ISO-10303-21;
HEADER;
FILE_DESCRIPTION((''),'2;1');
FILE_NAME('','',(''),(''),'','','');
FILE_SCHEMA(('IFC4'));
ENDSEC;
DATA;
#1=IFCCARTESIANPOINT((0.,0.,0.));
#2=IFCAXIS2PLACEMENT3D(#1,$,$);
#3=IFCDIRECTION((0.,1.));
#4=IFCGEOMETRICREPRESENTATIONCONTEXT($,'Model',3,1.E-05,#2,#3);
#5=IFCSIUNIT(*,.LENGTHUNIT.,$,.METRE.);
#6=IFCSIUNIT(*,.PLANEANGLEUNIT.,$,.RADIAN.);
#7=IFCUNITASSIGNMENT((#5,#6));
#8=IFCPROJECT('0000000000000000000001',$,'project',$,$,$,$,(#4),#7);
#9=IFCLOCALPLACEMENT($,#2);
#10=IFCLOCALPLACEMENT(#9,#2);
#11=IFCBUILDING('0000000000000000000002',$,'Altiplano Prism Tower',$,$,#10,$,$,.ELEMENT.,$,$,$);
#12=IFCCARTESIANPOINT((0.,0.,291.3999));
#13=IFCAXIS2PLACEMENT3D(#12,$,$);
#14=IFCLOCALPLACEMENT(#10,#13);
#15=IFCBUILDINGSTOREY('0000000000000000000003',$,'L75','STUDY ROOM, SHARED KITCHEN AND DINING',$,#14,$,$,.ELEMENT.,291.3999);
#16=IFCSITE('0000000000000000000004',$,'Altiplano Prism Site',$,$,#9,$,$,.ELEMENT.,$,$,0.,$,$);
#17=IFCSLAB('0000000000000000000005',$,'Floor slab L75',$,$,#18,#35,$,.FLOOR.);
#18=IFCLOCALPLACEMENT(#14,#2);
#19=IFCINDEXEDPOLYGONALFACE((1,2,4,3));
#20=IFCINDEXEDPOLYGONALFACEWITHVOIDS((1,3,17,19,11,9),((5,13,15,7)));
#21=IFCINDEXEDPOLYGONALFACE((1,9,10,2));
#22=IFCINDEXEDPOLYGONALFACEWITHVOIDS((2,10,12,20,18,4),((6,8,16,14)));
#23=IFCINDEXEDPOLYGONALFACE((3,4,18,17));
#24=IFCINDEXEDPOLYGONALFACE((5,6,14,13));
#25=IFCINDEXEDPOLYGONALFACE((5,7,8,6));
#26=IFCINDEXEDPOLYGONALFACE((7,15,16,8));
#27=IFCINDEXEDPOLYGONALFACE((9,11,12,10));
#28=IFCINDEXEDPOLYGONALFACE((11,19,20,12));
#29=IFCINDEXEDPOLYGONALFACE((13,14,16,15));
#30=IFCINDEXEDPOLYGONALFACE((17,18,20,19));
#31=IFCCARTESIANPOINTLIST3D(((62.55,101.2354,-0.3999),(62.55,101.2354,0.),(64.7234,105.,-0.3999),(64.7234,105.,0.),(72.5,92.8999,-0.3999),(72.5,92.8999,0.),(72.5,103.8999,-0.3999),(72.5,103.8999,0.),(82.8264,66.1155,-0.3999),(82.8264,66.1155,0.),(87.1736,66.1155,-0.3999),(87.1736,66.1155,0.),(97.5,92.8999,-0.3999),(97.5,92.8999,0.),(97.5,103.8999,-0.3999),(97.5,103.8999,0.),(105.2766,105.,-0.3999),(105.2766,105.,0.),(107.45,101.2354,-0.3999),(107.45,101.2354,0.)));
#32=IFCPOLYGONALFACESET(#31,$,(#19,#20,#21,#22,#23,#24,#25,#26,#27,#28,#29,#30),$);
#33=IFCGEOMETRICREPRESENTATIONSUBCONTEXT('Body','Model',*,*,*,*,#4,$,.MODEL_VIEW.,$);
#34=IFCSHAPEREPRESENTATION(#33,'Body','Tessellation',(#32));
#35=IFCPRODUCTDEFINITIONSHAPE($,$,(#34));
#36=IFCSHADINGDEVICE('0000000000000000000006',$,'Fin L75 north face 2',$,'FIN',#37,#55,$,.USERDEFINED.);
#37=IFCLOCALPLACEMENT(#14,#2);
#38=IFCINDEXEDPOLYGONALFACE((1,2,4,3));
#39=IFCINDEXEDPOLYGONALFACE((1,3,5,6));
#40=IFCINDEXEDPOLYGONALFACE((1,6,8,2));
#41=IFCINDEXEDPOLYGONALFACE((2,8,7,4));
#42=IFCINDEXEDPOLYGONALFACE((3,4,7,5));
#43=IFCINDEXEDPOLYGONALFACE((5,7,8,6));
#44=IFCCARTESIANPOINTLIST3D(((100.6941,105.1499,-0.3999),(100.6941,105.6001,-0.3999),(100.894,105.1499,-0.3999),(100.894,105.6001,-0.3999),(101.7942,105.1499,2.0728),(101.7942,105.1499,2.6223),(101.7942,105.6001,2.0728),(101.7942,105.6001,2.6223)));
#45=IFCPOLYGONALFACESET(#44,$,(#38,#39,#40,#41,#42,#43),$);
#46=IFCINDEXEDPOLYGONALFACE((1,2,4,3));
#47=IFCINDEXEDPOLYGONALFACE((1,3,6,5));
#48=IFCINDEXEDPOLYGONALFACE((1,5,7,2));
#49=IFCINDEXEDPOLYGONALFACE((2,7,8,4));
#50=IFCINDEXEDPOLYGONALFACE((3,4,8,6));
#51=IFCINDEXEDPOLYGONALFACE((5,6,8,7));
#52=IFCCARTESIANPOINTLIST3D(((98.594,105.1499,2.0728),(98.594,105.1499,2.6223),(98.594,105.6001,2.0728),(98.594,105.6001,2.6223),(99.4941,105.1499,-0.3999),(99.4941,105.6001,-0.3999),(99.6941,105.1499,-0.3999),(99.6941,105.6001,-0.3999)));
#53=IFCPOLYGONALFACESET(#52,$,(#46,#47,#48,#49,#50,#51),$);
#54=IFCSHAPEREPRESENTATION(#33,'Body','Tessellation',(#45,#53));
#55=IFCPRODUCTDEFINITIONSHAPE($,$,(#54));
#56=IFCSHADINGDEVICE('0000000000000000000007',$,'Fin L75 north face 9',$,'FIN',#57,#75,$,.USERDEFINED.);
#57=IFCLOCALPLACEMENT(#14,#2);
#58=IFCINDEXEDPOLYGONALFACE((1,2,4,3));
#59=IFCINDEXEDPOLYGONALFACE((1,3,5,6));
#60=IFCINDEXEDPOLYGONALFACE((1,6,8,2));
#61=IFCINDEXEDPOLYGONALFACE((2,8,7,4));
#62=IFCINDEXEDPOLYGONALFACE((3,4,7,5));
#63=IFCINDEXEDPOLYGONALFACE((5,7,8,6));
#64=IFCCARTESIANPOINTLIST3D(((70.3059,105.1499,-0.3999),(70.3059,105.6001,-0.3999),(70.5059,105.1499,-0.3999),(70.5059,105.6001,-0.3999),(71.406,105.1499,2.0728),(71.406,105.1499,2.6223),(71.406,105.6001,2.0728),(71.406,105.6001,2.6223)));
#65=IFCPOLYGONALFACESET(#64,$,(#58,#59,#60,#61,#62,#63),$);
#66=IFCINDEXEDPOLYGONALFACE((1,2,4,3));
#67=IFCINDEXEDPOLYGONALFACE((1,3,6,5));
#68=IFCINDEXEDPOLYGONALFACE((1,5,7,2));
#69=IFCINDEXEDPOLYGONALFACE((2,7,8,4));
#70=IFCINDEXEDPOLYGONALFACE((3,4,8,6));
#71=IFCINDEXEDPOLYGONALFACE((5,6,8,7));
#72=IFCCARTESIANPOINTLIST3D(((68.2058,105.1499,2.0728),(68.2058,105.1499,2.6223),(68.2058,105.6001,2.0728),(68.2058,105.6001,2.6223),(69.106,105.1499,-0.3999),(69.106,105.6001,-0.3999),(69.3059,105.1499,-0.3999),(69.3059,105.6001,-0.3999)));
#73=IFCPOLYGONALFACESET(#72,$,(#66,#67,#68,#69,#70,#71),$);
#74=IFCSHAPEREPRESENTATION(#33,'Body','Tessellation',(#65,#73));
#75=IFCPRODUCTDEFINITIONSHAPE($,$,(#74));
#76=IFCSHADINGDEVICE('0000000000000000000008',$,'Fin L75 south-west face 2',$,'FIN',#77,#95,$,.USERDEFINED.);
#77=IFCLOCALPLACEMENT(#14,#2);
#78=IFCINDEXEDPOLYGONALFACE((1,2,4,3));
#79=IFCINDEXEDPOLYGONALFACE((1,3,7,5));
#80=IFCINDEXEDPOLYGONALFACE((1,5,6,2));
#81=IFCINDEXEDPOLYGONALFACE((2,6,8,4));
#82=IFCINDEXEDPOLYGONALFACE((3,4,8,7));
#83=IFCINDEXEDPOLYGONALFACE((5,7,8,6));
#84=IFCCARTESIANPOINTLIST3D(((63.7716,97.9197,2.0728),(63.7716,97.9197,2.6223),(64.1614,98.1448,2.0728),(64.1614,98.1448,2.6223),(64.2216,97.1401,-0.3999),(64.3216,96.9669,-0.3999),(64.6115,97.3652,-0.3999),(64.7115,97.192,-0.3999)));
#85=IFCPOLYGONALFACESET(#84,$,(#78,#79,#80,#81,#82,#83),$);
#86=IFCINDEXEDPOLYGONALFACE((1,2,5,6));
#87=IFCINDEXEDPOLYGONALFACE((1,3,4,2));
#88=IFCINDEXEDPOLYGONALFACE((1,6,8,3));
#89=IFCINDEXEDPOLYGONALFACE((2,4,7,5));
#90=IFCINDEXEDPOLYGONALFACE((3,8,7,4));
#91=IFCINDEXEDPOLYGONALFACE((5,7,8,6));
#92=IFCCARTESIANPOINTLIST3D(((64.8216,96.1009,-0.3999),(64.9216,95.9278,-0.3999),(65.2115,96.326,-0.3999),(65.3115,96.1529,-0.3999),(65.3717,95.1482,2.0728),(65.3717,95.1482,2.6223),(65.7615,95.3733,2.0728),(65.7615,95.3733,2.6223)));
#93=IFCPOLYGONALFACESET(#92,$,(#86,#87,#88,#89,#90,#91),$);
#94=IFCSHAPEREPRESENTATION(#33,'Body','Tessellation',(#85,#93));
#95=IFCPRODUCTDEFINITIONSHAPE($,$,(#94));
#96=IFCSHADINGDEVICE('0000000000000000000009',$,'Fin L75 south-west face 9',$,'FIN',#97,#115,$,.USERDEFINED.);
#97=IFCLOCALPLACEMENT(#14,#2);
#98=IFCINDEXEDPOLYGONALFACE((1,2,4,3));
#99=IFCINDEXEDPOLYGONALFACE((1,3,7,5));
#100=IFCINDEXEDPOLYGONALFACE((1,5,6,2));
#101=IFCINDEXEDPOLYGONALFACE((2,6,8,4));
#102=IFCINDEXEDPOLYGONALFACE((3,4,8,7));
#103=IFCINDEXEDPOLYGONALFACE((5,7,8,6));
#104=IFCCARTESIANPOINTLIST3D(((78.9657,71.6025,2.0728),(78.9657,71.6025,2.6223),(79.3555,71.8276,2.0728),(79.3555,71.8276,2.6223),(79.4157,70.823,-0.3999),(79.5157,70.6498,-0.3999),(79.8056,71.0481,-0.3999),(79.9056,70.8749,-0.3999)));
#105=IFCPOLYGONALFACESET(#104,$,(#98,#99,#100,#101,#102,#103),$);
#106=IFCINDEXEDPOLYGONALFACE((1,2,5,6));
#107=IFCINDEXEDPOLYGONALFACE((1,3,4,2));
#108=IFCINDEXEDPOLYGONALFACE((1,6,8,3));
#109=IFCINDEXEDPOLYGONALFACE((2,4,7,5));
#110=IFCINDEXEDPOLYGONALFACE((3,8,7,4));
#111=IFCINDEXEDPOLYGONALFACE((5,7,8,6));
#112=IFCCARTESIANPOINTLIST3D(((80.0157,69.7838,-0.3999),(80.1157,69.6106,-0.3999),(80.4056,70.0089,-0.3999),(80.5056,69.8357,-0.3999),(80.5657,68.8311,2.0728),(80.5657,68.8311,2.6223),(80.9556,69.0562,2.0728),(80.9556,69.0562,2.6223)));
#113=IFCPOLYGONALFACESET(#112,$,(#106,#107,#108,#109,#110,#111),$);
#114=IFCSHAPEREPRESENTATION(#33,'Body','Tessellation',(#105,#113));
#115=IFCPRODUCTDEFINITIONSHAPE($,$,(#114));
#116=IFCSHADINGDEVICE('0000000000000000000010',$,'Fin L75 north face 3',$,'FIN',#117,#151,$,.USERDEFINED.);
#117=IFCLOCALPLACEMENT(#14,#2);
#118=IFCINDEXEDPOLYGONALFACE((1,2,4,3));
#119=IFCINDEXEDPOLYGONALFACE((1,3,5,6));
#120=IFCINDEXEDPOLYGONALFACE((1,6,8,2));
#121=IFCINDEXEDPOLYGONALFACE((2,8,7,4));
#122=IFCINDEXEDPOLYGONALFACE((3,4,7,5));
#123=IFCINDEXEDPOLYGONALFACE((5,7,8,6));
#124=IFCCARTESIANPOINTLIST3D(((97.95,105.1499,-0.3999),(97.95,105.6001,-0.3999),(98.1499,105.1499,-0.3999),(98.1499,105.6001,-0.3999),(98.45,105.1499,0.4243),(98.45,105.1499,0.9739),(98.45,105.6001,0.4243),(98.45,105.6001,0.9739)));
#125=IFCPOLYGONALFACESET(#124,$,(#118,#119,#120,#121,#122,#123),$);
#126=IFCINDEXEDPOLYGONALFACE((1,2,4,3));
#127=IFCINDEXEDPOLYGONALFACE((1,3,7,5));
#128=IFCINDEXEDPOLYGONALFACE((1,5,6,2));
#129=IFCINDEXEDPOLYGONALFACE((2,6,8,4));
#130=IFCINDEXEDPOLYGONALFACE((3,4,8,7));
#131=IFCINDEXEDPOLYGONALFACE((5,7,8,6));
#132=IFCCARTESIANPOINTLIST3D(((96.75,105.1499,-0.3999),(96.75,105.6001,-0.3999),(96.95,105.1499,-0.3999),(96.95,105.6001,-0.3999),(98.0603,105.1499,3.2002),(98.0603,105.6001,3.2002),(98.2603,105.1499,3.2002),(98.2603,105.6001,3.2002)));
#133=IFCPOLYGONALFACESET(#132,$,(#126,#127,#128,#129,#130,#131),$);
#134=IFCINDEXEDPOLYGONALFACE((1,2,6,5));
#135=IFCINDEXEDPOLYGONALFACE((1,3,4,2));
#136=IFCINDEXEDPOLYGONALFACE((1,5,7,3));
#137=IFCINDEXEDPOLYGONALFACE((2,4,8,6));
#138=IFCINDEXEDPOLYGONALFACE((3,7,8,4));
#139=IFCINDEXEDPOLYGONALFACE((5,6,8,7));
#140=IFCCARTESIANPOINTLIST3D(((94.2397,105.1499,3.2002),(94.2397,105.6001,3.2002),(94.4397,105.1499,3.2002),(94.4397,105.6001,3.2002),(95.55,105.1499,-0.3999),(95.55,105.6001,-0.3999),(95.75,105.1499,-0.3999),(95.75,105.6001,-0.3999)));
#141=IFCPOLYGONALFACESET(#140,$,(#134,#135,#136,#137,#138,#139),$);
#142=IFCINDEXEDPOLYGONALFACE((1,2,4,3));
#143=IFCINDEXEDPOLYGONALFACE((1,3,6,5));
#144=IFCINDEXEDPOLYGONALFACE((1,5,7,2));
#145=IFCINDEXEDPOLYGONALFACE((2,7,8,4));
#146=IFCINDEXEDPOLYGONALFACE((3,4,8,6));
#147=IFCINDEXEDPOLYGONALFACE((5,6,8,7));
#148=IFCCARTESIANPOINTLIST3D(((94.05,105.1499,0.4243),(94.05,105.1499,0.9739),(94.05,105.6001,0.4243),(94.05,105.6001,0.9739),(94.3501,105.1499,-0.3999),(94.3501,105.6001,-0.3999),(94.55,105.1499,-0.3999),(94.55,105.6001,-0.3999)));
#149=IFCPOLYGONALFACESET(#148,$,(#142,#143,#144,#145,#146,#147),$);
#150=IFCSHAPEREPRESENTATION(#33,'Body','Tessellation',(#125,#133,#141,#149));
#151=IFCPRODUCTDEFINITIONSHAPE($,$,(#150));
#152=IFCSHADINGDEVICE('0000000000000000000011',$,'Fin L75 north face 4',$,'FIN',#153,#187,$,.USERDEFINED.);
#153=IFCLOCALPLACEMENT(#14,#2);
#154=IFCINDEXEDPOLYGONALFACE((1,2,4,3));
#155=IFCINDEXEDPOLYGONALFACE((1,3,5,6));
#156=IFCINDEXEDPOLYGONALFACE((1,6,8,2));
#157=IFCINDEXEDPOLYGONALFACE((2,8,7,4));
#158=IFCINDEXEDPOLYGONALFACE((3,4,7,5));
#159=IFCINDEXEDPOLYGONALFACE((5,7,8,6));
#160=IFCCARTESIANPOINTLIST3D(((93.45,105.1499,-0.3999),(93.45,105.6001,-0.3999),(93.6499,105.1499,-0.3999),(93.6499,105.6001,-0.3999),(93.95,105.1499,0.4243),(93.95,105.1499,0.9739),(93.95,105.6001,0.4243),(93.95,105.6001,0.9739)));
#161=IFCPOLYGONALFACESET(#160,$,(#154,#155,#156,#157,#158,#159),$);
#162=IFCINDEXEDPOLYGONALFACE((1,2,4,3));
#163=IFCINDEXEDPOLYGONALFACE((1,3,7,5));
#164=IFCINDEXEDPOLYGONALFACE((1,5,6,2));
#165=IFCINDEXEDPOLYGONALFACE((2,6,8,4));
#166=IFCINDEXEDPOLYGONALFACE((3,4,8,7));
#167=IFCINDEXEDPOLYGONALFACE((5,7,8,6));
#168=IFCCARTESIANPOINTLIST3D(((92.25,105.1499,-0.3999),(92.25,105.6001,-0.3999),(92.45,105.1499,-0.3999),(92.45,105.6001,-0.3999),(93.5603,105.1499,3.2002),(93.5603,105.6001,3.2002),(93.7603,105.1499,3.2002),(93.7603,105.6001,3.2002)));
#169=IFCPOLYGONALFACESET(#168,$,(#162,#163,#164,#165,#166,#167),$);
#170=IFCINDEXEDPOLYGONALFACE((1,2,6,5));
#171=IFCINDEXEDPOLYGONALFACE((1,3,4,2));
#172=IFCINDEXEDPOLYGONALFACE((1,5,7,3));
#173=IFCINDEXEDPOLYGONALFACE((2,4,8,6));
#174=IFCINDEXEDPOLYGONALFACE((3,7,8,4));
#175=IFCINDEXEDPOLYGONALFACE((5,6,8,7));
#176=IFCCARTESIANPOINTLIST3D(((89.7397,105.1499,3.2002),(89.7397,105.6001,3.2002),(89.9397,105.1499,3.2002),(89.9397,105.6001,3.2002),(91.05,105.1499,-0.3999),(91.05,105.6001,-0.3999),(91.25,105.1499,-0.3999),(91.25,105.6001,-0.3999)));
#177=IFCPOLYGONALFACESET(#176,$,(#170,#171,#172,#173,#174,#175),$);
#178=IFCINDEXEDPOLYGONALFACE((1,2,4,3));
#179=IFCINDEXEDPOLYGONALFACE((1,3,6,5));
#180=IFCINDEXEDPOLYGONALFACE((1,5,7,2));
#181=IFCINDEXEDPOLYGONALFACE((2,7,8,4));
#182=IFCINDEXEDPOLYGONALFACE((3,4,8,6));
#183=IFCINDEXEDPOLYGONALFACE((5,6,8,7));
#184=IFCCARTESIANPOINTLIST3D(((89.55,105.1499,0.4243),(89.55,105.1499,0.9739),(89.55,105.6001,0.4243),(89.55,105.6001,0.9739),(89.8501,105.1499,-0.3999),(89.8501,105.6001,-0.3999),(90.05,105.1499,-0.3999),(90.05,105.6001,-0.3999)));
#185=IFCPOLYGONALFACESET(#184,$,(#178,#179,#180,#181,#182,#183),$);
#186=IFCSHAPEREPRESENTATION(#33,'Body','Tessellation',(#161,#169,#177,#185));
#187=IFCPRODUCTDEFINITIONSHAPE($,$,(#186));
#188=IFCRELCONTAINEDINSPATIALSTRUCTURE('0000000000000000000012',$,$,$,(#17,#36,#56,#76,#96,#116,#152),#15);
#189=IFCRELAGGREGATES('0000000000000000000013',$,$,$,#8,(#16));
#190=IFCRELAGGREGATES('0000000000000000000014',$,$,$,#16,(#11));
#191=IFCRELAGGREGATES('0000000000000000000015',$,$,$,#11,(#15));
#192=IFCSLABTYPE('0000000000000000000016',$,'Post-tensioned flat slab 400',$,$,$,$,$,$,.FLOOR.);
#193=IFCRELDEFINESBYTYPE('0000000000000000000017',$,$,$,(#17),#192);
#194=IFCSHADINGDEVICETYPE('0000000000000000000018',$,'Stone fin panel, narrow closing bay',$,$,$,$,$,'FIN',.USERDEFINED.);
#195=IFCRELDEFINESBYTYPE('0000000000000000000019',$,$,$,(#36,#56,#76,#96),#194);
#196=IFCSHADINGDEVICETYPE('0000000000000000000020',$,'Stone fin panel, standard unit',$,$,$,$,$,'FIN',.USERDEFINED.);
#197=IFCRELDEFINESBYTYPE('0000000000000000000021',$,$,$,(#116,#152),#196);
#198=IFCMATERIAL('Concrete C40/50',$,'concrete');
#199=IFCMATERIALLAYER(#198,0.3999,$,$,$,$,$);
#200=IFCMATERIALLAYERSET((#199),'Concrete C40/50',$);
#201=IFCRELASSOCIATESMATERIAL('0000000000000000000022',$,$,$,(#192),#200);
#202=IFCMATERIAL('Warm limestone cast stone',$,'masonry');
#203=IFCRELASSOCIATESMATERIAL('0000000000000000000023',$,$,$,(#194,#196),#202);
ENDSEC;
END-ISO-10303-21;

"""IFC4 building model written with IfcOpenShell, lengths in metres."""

from ifc_helpers import new_model, si_unit, direction, frame, origin, place, context, subcontext, project, spatial, polyline, outline, extrude, source, transform, mapped, material, layer, layer_set, type_object, element, save


model = new_model("IFC4")

# Units and contexts
model_context = context("Model", 3, precision=1e-05, world=origin(), true_north=direction((0.0, 1.0)))
body_context = subcontext(model_context, "Body", "Model", "MODEL_VIEW")
ifc_project = project(units=[si_unit("LENGTHUNIT", "METRE"), si_unit("PLANEANGLEUNIT", "RADIAN")], contexts=[model_context])

# Site, building, storey
site_placement = place(None, origin())
site = spatial("IfcSite", under=ifc_project, at=site_placement, Name="Altiplano Prism Site", CompositionType="ELEMENT", RefElevation=0.0)
building_placement = place(site_placement, origin())
building = spatial("IfcBuilding", under=site, at=building_placement, Name="Altiplano Prism Tower", CompositionType="ELEMENT")
storey_placement = place(building_placement, frame((0.0, 0.0, 291.3999)))
storey = spatial("IfcBuildingStorey", under=building, at=storey_placement, Name="L75", Description="STUDY ROOM, SHARED KITCHEN AND DINING", CompositionType="ELEMENT", Elevation=291.3999)

# Slab
ifc_material_1 = material(Name="Concrete C40/50", Category="concrete")
ifc_layer = layer(ifc_material_1, 0.3999)
ifc_layer_set = layer_set([ifc_layer], Name="Concrete C40/50")
slab_type = type_object("IfcSlabType", Name="Post-tensioned flat slab 400", PredefinedType="FLOOR", material=ifc_layer_set)
slab_placement = place(storey_placement, frame((0.0, 0.0, -0.3999)))
element("IfcSlab", 1, at=slab_placement, inside=storey, type_object=slab_type, Name="Floor slab L75", PredefinedType="FLOOR", context=body_context, shape_type="SweptSolid", body=[
    extrude(outline(polyline([(107.45, 101.2354), (87.1736, 66.1155), (82.8264, 66.1155), (62.55, 101.2354), (64.7234, 105.0), (105.2766, 105.0), (107.45, 101.2354)]), holes=[polyline([(97.5, 92.8999), (97.5, 103.8999), (72.5, 103.8999), (72.5, 92.8999), (97.5, 92.8999)])]), origin(), (0.0, 0.0, 1.0), 0.3999),
])

# Shading devices
ifc_material_2 = material(Name="Warm limestone cast stone", Category="masonry")
shading_device_type_1 = type_object("IfcShadingDeviceType", Name="Stone fin panel, narrow closing bay", ElementType="FIN", PredefinedType="USERDEFINED", material=ifc_material_2)
shared_shape_1 = source(origin(), body_context, "Body", "SweptSolid", [
    extrude(outline(polyline([(-1.6001, 3.0222), (-1.6001, 2.4727), (-0.7, 0.0), (-0.5, 0.0), (-1.6001, 3.0222)])), frame((0.0, -0.1499, 0.0), z_axis=(0.0, -1.0, 0.0), x_axis=(1.0, 0.0, 0.0)), (0.0, 0.0, 1.0), 0.4502),
    extrude(outline(polyline([(1.6001, 2.4727), (1.6001, 3.0222), (0.5, 0.0), (0.7, 0.0), (1.6001, 2.4727)])), frame((0.0, -0.1499, 0.0), z_axis=(0.0, -1.0, 0.0), x_axis=(1.0, 0.0, 0.0)), (0.0, 0.0, 1.0), 0.4502),
])
shading_device_1_placement = place(storey_placement, origin())
element("IfcShadingDevice", 2, at=shading_device_1_placement, inside=storey, type_object=shading_device_type_1, Name="Fin L75 north face 2", ObjectType="FIN", PredefinedType="USERDEFINED", context=body_context, shape_type="MappedRepresentation", body=[
    mapped(shared_shape_1, transform((100.1941, 105.0, -0.3999), x_axis=(-1.0, 0.0, 0.0), y_axis=(0.0, -1.0, 0.0), z_axis=(0.0, 0.0, 1.0))),
])
shading_device_2_placement = place(storey_placement, origin())
element("IfcShadingDevice", 3, at=shading_device_2_placement, inside=storey, type_object=shading_device_type_1, Name="Fin L75 north face 9", ObjectType="FIN", PredefinedType="USERDEFINED", context=body_context, shape_type="MappedRepresentation", body=[
    mapped(shared_shape_1, transform((69.8059, 105.0, -0.3999), x_axis=(-1.0, 0.0, 0.0), y_axis=(0.0, -1.0, 0.0), z_axis=(0.0, 0.0, 1.0))),
])
shading_device_3_placement = place(storey_placement, origin())
element("IfcShadingDevice", 4, at=shading_device_3_placement, inside=storey, type_object=shading_device_type_1, Name="Fin L75 south-west face 2", ObjectType="FIN", PredefinedType="USERDEFINED", context=body_context, shape_type="MappedRepresentation", body=[
    mapped(shared_shape_1, transform((65.0913, 96.834, -0.3999), x_axis=(0.5, -0.866025, 0.0), y_axis=(0.866025, 0.5, 0.0), z_axis=(0.0, 0.0, 1.0))),
])
shading_device_4_placement = place(storey_placement, origin())
element("IfcShadingDevice", 5, at=shading_device_4_placement, inside=storey, type_object=shading_device_type_1, Name="Fin L75 south-west face 9", ObjectType="FIN", PredefinedType="USERDEFINED", context=body_context, shape_type="MappedRepresentation", body=[
    mapped(shared_shape_1, transform((80.2854, 70.5168, -0.3999), x_axis=(0.5, -0.866025, 0.0), y_axis=(0.866025, 0.5, 0.0), z_axis=(0.0, 0.0, 1.0))),
])
shading_device_type_2 = type_object("IfcShadingDeviceType", Name="Stone fin panel, standard unit", ElementType="FIN", PredefinedType="USERDEFINED", material=ifc_material_2)
shared_shape_2 = source(origin(), body_context, "Body", "SweptSolid", [
    extrude(outline(polyline([(-2.2, 1.3738), (-2.2, 0.8242), (-1.8999, 0.0), (-1.7, 0.0), (-2.2, 1.3738)])), frame((0.0, -0.1499, 0.0), z_axis=(0.0, -1.0, 0.0), x_axis=(1.0, 0.0, 0.0)), (0.0, 0.0, 1.0), 0.4502),
    extrude(outline(polyline([(-2.0103, 3.6001), (-0.7, 0.0), (-0.5, 0.0), (-1.8103, 3.6001), (-2.0103, 3.6001)])), frame((0.0, -0.1499, 0.0), z_axis=(0.0, -1.0, 0.0), x_axis=(1.0, 0.0, 0.0)), (0.0, 0.0, 1.0), 0.4502),
    extrude(outline(polyline([(1.8103, 3.6001), (0.5, 0.0), (0.7, 0.0), (2.0103, 3.6001), (1.8103, 3.6001)])), frame((0.0, -0.1499, 0.0), z_axis=(0.0, -1.0, 0.0), x_axis=(1.0, 0.0, 0.0)), (0.0, 0.0, 1.0), 0.4502),
    extrude(outline(polyline([(2.2, 0.8242), (2.2, 1.3738), (1.7, 0.0), (1.8999, 0.0), (2.2, 0.8242)])), frame((0.0, -0.1499, 0.0), z_axis=(0.0, -1.0, 0.0), x_axis=(1.0, 0.0, 0.0)), (0.0, 0.0, 1.0), 0.4502),
])
shading_device_5_placement = place(storey_placement, origin())
element("IfcShadingDevice", 6, at=shading_device_5_placement, inside=storey, type_object=shading_device_type_2, Name="Fin L75 north face 3", ObjectType="FIN", PredefinedType="USERDEFINED", context=body_context, shape_type="MappedRepresentation", body=[
    mapped(shared_shape_2, transform((96.25, 105.0, -0.3999), x_axis=(-1.0, 0.0, 0.0), y_axis=(0.0, -1.0, 0.0), z_axis=(0.0, 0.0, 1.0))),
])
shading_device_6_placement = place(storey_placement, origin())
element("IfcShadingDevice", 7, at=shading_device_6_placement, inside=storey, type_object=shading_device_type_2, Name="Fin L75 north face 4", ObjectType="FIN", PredefinedType="USERDEFINED", context=body_context, shape_type="MappedRepresentation", body=[
    mapped(shared_shape_2, transform((91.75, 105.0, -0.3999), x_axis=(-1.0, 0.0, 0.0), y_axis=(0.0, -1.0, 0.0), z_axis=(0.0, 0.0, 1.0))),
])

save(model, "model.ifc")
